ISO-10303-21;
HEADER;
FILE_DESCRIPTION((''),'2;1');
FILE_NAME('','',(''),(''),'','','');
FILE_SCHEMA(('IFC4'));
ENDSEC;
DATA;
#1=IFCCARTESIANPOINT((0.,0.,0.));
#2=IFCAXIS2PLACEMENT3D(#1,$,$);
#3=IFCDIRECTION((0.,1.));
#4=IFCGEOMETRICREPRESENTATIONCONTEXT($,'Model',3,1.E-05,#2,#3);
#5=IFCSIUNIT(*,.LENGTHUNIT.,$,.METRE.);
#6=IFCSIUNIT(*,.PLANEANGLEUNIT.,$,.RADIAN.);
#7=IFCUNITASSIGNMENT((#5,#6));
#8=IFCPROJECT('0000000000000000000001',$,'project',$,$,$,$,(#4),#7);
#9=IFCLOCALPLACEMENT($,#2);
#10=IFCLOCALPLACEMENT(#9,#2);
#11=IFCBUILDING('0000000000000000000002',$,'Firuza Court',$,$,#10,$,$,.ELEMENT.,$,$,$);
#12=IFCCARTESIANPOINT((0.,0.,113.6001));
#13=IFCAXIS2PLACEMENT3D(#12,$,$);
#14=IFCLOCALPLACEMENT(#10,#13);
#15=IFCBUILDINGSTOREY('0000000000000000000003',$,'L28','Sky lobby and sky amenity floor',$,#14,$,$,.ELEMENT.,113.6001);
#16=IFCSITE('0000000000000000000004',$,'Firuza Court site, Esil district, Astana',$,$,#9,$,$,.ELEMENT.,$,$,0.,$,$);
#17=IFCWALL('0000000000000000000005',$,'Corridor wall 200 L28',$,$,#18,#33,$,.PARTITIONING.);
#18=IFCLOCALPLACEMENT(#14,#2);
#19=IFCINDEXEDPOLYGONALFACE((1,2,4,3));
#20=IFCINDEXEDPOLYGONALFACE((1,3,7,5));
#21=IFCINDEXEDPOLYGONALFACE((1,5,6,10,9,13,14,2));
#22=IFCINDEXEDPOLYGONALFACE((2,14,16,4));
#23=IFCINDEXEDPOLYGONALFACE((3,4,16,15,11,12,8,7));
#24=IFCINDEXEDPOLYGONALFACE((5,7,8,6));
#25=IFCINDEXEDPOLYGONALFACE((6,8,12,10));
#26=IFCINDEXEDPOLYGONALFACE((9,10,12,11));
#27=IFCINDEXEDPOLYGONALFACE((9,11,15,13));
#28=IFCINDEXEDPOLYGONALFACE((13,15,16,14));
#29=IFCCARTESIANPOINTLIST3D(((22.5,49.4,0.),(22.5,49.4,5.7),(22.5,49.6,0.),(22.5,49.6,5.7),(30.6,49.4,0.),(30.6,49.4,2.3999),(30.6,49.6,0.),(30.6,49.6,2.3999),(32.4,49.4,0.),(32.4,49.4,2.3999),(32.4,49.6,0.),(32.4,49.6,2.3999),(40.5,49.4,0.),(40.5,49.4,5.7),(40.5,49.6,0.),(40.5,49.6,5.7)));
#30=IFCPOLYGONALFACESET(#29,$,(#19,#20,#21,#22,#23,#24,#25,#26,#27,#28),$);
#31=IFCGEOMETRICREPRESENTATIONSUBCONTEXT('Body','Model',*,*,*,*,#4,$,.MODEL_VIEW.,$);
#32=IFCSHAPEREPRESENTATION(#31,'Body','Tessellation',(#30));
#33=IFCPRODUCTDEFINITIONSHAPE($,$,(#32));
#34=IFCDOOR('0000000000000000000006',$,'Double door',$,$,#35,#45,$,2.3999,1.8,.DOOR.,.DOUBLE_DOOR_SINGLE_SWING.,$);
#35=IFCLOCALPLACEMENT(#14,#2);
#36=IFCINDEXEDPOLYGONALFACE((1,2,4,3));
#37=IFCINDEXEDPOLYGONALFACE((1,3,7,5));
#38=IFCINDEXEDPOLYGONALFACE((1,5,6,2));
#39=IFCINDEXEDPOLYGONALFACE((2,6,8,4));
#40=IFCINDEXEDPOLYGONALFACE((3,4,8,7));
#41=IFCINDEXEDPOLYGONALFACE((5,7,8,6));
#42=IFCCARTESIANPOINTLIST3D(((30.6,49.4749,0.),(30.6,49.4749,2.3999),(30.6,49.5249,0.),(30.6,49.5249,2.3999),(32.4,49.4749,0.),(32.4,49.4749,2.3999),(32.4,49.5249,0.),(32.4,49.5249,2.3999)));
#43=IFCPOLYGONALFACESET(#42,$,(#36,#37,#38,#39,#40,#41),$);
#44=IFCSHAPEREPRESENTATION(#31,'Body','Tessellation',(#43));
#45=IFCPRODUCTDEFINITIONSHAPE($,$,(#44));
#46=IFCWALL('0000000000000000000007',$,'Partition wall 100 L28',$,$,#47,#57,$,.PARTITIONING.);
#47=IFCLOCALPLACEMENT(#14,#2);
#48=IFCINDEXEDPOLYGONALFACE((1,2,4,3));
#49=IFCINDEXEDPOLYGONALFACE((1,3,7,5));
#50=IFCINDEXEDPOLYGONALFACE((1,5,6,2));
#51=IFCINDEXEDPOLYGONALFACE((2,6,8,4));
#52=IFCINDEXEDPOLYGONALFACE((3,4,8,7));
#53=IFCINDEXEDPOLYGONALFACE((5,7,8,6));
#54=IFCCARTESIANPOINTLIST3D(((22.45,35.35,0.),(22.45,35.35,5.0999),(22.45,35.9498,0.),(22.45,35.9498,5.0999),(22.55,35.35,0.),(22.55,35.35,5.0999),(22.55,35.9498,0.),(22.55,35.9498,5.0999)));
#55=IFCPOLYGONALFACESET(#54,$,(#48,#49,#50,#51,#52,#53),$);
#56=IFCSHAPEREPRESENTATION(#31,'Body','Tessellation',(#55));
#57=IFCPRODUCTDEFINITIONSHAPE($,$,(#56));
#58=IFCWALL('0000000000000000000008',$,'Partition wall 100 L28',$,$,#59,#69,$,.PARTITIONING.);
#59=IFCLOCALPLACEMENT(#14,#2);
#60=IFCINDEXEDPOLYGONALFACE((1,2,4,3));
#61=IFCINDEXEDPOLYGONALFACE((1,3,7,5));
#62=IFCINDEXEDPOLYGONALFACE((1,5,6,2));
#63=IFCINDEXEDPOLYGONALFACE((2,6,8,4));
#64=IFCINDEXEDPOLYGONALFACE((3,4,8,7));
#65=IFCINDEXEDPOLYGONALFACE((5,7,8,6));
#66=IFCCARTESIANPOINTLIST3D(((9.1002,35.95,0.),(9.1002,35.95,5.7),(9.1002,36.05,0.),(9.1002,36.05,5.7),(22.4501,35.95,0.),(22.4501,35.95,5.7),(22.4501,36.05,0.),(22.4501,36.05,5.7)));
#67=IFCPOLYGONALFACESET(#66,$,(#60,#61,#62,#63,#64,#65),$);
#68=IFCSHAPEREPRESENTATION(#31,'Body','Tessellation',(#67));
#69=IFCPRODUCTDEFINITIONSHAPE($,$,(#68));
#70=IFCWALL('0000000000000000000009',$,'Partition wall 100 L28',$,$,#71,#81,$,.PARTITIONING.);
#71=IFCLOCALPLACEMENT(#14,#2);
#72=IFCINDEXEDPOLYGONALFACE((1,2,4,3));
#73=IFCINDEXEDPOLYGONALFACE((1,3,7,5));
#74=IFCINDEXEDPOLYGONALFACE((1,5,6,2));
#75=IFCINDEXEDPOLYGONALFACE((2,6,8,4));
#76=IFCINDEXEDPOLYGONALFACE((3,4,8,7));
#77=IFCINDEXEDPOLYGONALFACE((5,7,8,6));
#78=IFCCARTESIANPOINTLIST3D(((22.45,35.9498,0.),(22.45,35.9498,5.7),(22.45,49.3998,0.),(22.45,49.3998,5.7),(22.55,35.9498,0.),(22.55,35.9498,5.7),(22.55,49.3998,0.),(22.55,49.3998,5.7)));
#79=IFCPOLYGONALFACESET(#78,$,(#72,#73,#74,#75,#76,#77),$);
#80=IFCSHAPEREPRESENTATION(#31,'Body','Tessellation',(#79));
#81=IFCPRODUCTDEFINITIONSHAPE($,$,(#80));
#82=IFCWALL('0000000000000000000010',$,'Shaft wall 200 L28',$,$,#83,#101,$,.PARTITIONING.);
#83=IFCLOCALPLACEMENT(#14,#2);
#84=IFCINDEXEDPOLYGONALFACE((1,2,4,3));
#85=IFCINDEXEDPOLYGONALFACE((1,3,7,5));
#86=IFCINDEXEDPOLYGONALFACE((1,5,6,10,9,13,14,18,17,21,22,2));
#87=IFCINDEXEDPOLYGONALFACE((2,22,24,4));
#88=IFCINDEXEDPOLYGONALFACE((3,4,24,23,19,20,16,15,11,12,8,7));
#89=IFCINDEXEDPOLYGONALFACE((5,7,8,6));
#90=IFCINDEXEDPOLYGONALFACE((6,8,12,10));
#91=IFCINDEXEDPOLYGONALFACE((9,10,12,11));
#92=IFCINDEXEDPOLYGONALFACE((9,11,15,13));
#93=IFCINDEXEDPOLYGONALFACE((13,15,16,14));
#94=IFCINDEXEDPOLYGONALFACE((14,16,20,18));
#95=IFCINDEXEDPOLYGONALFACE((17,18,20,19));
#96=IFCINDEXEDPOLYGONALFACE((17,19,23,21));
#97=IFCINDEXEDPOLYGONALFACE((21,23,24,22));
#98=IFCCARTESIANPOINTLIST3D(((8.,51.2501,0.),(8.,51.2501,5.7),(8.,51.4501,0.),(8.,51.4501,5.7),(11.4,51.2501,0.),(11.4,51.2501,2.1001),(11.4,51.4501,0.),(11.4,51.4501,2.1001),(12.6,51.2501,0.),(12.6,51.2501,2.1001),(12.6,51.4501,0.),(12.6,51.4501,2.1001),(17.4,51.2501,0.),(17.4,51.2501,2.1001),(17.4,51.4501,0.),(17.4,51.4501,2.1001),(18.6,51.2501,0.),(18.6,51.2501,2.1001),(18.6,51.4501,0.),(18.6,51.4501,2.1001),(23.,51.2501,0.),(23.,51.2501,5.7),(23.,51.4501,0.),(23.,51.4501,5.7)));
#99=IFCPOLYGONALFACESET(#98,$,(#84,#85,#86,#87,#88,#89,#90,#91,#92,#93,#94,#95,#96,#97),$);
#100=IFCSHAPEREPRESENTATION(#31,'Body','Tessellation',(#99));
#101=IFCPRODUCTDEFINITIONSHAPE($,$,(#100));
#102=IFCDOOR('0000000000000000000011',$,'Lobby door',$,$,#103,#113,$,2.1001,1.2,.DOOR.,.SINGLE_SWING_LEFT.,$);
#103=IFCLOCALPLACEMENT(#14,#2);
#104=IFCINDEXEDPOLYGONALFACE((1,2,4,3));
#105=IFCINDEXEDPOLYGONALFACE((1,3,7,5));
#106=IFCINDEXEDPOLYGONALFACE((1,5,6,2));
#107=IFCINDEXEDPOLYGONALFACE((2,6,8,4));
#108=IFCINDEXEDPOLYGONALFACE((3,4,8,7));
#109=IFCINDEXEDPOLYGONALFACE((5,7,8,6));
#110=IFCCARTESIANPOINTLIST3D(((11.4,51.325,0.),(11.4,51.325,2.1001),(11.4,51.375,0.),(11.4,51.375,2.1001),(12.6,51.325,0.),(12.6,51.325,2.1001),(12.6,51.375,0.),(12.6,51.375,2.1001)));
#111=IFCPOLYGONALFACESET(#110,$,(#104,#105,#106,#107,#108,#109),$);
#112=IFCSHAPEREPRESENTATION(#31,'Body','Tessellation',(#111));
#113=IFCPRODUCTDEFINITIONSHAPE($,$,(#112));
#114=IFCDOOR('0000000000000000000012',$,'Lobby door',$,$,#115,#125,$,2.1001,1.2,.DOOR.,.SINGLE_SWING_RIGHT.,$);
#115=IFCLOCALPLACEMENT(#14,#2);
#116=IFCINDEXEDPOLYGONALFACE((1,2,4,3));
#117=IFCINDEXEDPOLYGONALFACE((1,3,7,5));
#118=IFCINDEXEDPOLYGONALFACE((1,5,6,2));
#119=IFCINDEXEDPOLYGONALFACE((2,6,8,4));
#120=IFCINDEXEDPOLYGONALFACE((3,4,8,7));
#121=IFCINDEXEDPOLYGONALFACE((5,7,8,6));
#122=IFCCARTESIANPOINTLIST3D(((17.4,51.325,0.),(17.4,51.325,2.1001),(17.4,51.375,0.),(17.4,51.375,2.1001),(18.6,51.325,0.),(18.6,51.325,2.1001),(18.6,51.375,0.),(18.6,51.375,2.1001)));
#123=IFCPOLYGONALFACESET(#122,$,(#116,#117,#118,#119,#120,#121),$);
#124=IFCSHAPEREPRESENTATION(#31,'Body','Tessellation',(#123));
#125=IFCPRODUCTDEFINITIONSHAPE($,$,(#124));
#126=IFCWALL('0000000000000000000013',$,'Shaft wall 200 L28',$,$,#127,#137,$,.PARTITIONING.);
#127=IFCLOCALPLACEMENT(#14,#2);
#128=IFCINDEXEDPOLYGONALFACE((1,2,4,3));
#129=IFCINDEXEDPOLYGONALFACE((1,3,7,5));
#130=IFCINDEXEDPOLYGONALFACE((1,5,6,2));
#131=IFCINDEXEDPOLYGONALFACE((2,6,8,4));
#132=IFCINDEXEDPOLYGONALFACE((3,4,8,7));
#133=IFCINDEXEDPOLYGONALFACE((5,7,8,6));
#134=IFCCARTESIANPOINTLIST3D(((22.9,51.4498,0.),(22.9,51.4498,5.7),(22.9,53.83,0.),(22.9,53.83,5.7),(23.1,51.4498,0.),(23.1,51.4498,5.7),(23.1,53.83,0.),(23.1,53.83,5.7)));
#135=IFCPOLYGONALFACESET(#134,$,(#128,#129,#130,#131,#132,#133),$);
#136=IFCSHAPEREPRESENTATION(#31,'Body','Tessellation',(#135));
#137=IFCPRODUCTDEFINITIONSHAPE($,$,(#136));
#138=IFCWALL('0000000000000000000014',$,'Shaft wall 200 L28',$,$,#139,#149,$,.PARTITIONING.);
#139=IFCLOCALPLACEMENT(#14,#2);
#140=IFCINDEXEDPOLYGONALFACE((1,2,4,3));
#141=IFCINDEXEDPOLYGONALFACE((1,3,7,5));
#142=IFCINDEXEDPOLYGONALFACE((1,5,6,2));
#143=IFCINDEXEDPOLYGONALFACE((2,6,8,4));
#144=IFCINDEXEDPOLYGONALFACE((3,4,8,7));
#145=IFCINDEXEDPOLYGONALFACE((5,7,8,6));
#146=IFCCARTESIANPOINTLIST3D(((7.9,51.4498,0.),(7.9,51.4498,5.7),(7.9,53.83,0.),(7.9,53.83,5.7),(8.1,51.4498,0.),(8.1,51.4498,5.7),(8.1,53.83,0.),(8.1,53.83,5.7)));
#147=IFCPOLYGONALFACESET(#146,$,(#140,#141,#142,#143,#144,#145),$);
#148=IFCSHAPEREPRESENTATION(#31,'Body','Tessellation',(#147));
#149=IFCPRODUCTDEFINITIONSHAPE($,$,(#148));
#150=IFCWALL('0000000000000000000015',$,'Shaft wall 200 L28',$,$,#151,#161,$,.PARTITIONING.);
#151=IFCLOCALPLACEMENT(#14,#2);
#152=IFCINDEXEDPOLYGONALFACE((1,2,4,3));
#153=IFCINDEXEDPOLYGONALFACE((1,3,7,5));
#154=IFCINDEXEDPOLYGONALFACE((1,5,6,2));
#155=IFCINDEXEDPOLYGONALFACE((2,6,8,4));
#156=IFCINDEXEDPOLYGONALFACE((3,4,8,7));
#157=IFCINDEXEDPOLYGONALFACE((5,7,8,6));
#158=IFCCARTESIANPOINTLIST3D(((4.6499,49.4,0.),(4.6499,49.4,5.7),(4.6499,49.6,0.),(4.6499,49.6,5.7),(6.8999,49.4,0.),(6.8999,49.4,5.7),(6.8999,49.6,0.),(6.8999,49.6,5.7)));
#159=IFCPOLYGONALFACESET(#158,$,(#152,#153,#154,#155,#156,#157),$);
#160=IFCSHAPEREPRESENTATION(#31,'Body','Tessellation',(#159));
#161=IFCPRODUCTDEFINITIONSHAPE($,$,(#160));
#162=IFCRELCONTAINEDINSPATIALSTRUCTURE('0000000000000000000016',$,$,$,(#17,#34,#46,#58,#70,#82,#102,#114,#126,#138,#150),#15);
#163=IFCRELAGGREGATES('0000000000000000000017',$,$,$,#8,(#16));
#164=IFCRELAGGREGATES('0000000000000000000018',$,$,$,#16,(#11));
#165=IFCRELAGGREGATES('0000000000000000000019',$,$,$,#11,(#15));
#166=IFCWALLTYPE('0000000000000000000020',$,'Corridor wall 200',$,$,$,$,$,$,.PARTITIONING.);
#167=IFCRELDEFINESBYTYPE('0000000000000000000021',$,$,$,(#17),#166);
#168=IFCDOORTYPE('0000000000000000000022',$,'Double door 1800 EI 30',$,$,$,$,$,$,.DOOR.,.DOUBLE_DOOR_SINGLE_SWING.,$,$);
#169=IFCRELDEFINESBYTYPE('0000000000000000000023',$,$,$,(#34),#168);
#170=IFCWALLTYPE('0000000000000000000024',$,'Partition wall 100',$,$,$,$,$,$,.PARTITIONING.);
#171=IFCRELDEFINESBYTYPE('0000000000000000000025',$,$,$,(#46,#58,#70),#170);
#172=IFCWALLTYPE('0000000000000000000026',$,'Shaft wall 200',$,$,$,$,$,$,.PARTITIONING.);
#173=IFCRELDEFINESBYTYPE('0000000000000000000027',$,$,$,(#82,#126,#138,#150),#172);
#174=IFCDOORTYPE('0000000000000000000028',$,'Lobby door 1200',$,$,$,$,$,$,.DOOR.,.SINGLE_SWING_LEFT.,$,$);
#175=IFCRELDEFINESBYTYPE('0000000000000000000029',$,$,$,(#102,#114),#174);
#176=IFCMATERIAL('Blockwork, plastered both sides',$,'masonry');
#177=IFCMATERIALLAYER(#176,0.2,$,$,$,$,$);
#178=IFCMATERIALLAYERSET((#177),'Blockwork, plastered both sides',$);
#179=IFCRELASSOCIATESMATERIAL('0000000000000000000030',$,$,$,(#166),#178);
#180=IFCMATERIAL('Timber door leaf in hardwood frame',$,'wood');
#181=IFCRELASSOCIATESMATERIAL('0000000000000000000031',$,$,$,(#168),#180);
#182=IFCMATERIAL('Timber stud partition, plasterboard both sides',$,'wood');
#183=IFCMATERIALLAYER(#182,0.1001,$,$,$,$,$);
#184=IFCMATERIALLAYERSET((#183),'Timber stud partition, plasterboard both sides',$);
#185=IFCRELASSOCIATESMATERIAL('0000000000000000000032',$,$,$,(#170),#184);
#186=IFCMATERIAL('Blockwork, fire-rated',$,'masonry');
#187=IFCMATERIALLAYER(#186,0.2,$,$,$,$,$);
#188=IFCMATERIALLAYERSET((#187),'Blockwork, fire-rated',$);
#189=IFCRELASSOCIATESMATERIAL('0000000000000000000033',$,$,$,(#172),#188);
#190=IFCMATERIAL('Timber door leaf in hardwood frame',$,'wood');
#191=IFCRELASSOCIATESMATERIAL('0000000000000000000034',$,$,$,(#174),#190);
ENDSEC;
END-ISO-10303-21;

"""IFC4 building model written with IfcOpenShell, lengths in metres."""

from ifc_helpers import new_model, si_unit, direction, frame, frame_2d, origin, place, context, subcontext, project, spatial, rectangle, extrude, material, layer, layer_set, type_object, element, fill, save


model = new_model("IFC4")

# Units and contexts
model_context = context("Model", 3, precision=1e-05, world=origin(), true_north=direction((0.0, 1.0)))
body_context = subcontext(model_context, "Body", "Model", "MODEL_VIEW")
ifc_project = project(units=[si_unit("LENGTHUNIT", "METRE"), si_unit("PLANEANGLEUNIT", "RADIAN")], contexts=[model_context])

# Site, building, storey
site_placement = place(None, origin())
site = spatial("IfcSite", under=ifc_project, at=site_placement, Name="Firuza Court site, Esil district, Astana", CompositionType="ELEMENT", RefElevation=0.0)
building_placement = place(site_placement, origin())
building = spatial("IfcBuilding", under=site, at=building_placement, Name="Firuza Court", CompositionType="ELEMENT")
storey_placement = place(building_placement, frame((0.0, 0.0, 113.6001)))
storey = spatial("IfcBuildingStorey", under=building, at=storey_placement, Name="L28", Description="Sky lobby and sky amenity floor", CompositionType="ELEMENT", Elevation=113.6001)

# Shared definitions
ifc_material_1 = material(Name="Blockwork, plastered both sides", Category="masonry")
ifc_layer_1 = layer(ifc_material_1, 0.2)
ifc_layer_set_1 = layer_set([ifc_layer_1], Name="Blockwork, plastered both sides")
wall_type_1 = type_object("IfcWallType", Name="Corridor wall 200", PredefinedType="PARTITIONING", material=ifc_layer_set_1)

# Wall, opening, door
ifc_material_2 = material(Name="Timber door leaf in hardwood frame", Category="wood")
door_type_1 = type_object("IfcDoorType", Name="Double door 1800 EI 30", OperationType="DOUBLE_DOOR_SINGLE_SWING", PredefinedType="DOOR", material=ifc_material_2)
wall_1_placement = place(storey_placement, frame((22.5, 49.5, 0.0), z_axis=(0.0, 0.0, 1.0), x_axis=(1.0, 0.0, 0.0)))
wall_1 = element("IfcWall", 1, at=wall_1_placement, inside=storey, type_object=wall_type_1, Name="Corridor wall 200 L28", PredefinedType="PARTITIONING", context=body_context, shape_type="SweptSolid", body=[
    extrude(rectangle(XDim=18.0, YDim=0.2, at=frame_2d((9.0, 0.0))), origin(), (0.0, 0.0, 1.0), 5.7),
])
opening_1_placement = place(wall_1_placement, frame((8.1001, 0.0, 0.0)))
opening_1 = element("IfcOpeningElement", 2, at=opening_1_placement, cuts=wall_1, PredefinedType="OPENING", context=body_context, shape_type="SweptSolid", body=[
    extrude(rectangle(XDim=1.8, YDim=2.3999, at=frame_2d((0.8999, 1.2))), frame((0.0, 0.1118, 0.0), z_axis=(0.0, -1.0, 0.0), x_axis=(1.0, 0.0, 0.0)), (0.0, 0.0, 1.0), 0.2239),
])
door_1_placement = place(opening_1_placement, origin())
door_1 = element("IfcDoor", 3, at=door_1_placement, inside=storey, type_object=door_type_1, Name="Double door", OperationType="DOUBLE_DOOR_SINGLE_SWING", OverallHeight=2.3999, OverallWidth=1.8, PredefinedType="DOOR", context=body_context, shape_type="SweptSolid", body=[
    extrude(rectangle(XDim=1.8, YDim=2.3999, at=frame_2d((0.8999, 1.2))), frame((0.0, 0.0249, 0.0), z_axis=(0.0, -1.0, 0.0), x_axis=(1.0, 0.0, 0.0)), (0.0, 0.0, 1.0), 0.05),
])
fill(opening_1, door_1)

# Walls
ifc_material_3 = material(Name="Timber stud partition, plasterboard both sides", Category="wood")
ifc_layer_2 = layer(ifc_material_3, 0.1001)
ifc_layer_set_2 = layer_set([ifc_layer_2], Name="Timber stud partition, plasterboard both sides")
wall_type_2 = type_object("IfcWallType", Name="Partition wall 100", PredefinedType="PARTITIONING", material=ifc_layer_set_2)
wall_2_placement = place(storey_placement, frame((22.5, 35.3501, 0.0), z_axis=(0.0, 0.0, 1.0), x_axis=(0.0, 1.0, 0.0)))
element("IfcWall", 4, at=wall_2_placement, inside=storey, type_object=wall_type_2, Name="Partition wall 100 L28", PredefinedType="PARTITIONING", context=body_context, shape_type="SweptSolid", body=[
    extrude(rectangle(XDim=0.5999, YDim=0.1001, at=frame_2d((0.2998, 0.0))), origin(), (0.0, 0.0, 1.0), 5.0999),
])
wall_3_placement = place(storey_placement, frame((22.45, 36.0, 0.0), z_axis=(0.0, 0.0, 1.0), x_axis=(-1.0, 0.0, 0.0)))
element("IfcWall", 5, at=wall_3_placement, inside=storey, type_object=wall_type_2, Name="Partition wall 100 L28", PredefinedType="PARTITIONING", context=body_context, shape_type="SweptSolid", body=[
    extrude(rectangle(XDim=13.3499, YDim=0.1001, at=frame_2d((6.6748, 0.0))), origin(), (0.0, 0.0, 1.0), 5.7),
])
wall_4_placement = place(storey_placement, frame((22.5, 49.3999, 0.0), z_axis=(0.0, 0.0, 1.0), x_axis=(0.0, -1.0, 0.0)))
element("IfcWall", 6, at=wall_4_placement, inside=storey, type_object=wall_type_2, Name="Partition wall 100 L28", PredefinedType="PARTITIONING", context=body_context, shape_type="SweptSolid", body=[
    extrude(rectangle(XDim=13.45, YDim=0.1001, at=frame_2d((6.7251, 0.0))), origin(), (0.0, 0.0, 1.0), 5.7),
])

# Wall, openings, doors
ifc_material_4 = material(Name="Blockwork, fire-rated", Category="masonry")
ifc_layer_3 = layer(ifc_material_4, 0.2)
ifc_layer_set_3 = layer_set([ifc_layer_3], Name="Blockwork, fire-rated")
wall_type_3 = type_object("IfcWallType", Name="Shaft wall 200", PredefinedType="PARTITIONING", material=ifc_layer_set_3)
wall_5_placement = place(storey_placement, frame((8.0, 51.3501, 0.0), z_axis=(0.0, 0.0, 1.0), x_axis=(1.0, 0.0, 0.0)))
wall_5 = element("IfcWall", 7, at=wall_5_placement, inside=storey, type_object=wall_type_3, Name="Shaft wall 200 L28", PredefinedType="PARTITIONING", context=body_context, shape_type="SweptSolid", body=[
    extrude(rectangle(XDim=15.0, YDim=0.2, at=frame_2d((7.5, 0.0))), origin(), (0.0, 0.0, 1.0), 5.7),
])
opening_2_placement = place(wall_5_placement, frame((3.3999, 0.0, 0.0)))
opening_2 = element("IfcOpeningElement", 8, at=opening_2_placement, cuts=wall_5, PredefinedType="OPENING", context=body_context, shape_type="SweptSolid", body=[
    extrude(rectangle(XDim=1.2, YDim=2.1001, at=frame_2d((0.6001, 1.05))), frame((0.0, 0.1118, 0.0), z_axis=(0.0, -1.0, 0.0), x_axis=(1.0, 0.0, 0.0)), (0.0, 0.0, 1.0), 0.2239),
])
opening_3_placement = place(wall_5_placement, frame((9.3999, 0.0, 0.0)))
opening_3 = element("IfcOpeningElement", 9, at=opening_3_placement, cuts=wall_5, PredefinedType="OPENING", context=body_context, shape_type="SweptSolid", body=[
    extrude(rectangle(XDim=1.2, YDim=2.1001, at=frame_2d((0.6001, 1.05))), frame((0.0, 0.1118, 0.0), z_axis=(0.0, -1.0, 0.0), x_axis=(1.0, 0.0, 0.0)), (0.0, 0.0, 1.0), 0.2239),
])
ifc_material_5 = material(Name="Timber door leaf in hardwood frame", Category="wood")
door_type_2 = type_object("IfcDoorType", Name="Lobby door 1200", OperationType="SINGLE_SWING_LEFT", PredefinedType="DOOR", material=ifc_material_5)
door_2_placement = place(opening_2_placement, origin())
door_2 = element("IfcDoor", 10, at=door_2_placement, inside=storey, type_object=door_type_2, Name="Lobby door", OperationType="SINGLE_SWING_LEFT", OverallHeight=2.1001, OverallWidth=1.2, PredefinedType="DOOR", context=body_context, shape_type="SweptSolid", body=[
    extrude(rectangle(XDim=1.2, YDim=2.1001, at=frame_2d((0.6001, 1.05))), frame((0.0, 0.0249, 0.0), z_axis=(0.0, -1.0, 0.0), x_axis=(1.0, 0.0, 0.0)), (0.0, 0.0, 1.0), 0.05),
])
fill(opening_2, door_2)
door_3_placement = place(opening_3_placement, origin())
door_3 = element("IfcDoor", 11, at=door_3_placement, inside=storey, type_object=door_type_2, Name="Lobby door", OperationType="SINGLE_SWING_RIGHT", OverallHeight=2.1001, OverallWidth=1.2, PredefinedType="DOOR", context=body_context, shape_type="SweptSolid", body=[
    extrude(rectangle(XDim=1.2, YDim=2.1001, at=frame_2d((0.6001, 1.05))), frame((0.0, 0.0249, 0.0), z_axis=(0.0, -1.0, 0.0), x_axis=(1.0, 0.0, 0.0)), (0.0, 0.0, 1.0), 0.05),
])
fill(opening_3, door_3)

# Walls
for number, where, z_axis, x_axis, name in (
    (12, (23.0, 51.45, 0.0), (0.0, 0.0, 1.0), (0.0, 1.0, 0.0), "Shaft wall 200 L28"),
    (13, (8.0, 51.45, 0.0), (0.0, 0.0, 1.0), (0.0, 1.0, 0.0), "Shaft wall 200 L28"),
):
    element("IfcWall", number, at=place(storey_placement, frame(where, z_axis=z_axis, x_axis=x_axis)), inside=storey, type_object=wall_type_3, Name=name, PredefinedType="PARTITIONING", context=body_context, shape_type="SweptSolid", body=[
        extrude(rectangle(XDim=2.3801, YDim=0.2, at=frame_2d((1.1899, 0.0))), origin(), (0.0, 0.0, 1.0), 5.7),
    ])
wall_6_placement = place(storey_placement, frame((4.6499, 49.5, 0.0), z_axis=(0.0, 0.0, 1.0), x_axis=(1.0, 0.0, 0.0)))
element("IfcWall", 14, at=wall_6_placement, inside=storey, type_object=wall_type_3, Name="Shaft wall 200 L28", PredefinedType="PARTITIONING", context=body_context, shape_type="SweptSolid", body=[
    extrude(rectangle(XDim=2.25, YDim=0.2, at=frame_2d((1.125, 0.0))), origin(), (0.0, 0.0, 1.0), 5.7),
])

save(model, "model.ifc")
